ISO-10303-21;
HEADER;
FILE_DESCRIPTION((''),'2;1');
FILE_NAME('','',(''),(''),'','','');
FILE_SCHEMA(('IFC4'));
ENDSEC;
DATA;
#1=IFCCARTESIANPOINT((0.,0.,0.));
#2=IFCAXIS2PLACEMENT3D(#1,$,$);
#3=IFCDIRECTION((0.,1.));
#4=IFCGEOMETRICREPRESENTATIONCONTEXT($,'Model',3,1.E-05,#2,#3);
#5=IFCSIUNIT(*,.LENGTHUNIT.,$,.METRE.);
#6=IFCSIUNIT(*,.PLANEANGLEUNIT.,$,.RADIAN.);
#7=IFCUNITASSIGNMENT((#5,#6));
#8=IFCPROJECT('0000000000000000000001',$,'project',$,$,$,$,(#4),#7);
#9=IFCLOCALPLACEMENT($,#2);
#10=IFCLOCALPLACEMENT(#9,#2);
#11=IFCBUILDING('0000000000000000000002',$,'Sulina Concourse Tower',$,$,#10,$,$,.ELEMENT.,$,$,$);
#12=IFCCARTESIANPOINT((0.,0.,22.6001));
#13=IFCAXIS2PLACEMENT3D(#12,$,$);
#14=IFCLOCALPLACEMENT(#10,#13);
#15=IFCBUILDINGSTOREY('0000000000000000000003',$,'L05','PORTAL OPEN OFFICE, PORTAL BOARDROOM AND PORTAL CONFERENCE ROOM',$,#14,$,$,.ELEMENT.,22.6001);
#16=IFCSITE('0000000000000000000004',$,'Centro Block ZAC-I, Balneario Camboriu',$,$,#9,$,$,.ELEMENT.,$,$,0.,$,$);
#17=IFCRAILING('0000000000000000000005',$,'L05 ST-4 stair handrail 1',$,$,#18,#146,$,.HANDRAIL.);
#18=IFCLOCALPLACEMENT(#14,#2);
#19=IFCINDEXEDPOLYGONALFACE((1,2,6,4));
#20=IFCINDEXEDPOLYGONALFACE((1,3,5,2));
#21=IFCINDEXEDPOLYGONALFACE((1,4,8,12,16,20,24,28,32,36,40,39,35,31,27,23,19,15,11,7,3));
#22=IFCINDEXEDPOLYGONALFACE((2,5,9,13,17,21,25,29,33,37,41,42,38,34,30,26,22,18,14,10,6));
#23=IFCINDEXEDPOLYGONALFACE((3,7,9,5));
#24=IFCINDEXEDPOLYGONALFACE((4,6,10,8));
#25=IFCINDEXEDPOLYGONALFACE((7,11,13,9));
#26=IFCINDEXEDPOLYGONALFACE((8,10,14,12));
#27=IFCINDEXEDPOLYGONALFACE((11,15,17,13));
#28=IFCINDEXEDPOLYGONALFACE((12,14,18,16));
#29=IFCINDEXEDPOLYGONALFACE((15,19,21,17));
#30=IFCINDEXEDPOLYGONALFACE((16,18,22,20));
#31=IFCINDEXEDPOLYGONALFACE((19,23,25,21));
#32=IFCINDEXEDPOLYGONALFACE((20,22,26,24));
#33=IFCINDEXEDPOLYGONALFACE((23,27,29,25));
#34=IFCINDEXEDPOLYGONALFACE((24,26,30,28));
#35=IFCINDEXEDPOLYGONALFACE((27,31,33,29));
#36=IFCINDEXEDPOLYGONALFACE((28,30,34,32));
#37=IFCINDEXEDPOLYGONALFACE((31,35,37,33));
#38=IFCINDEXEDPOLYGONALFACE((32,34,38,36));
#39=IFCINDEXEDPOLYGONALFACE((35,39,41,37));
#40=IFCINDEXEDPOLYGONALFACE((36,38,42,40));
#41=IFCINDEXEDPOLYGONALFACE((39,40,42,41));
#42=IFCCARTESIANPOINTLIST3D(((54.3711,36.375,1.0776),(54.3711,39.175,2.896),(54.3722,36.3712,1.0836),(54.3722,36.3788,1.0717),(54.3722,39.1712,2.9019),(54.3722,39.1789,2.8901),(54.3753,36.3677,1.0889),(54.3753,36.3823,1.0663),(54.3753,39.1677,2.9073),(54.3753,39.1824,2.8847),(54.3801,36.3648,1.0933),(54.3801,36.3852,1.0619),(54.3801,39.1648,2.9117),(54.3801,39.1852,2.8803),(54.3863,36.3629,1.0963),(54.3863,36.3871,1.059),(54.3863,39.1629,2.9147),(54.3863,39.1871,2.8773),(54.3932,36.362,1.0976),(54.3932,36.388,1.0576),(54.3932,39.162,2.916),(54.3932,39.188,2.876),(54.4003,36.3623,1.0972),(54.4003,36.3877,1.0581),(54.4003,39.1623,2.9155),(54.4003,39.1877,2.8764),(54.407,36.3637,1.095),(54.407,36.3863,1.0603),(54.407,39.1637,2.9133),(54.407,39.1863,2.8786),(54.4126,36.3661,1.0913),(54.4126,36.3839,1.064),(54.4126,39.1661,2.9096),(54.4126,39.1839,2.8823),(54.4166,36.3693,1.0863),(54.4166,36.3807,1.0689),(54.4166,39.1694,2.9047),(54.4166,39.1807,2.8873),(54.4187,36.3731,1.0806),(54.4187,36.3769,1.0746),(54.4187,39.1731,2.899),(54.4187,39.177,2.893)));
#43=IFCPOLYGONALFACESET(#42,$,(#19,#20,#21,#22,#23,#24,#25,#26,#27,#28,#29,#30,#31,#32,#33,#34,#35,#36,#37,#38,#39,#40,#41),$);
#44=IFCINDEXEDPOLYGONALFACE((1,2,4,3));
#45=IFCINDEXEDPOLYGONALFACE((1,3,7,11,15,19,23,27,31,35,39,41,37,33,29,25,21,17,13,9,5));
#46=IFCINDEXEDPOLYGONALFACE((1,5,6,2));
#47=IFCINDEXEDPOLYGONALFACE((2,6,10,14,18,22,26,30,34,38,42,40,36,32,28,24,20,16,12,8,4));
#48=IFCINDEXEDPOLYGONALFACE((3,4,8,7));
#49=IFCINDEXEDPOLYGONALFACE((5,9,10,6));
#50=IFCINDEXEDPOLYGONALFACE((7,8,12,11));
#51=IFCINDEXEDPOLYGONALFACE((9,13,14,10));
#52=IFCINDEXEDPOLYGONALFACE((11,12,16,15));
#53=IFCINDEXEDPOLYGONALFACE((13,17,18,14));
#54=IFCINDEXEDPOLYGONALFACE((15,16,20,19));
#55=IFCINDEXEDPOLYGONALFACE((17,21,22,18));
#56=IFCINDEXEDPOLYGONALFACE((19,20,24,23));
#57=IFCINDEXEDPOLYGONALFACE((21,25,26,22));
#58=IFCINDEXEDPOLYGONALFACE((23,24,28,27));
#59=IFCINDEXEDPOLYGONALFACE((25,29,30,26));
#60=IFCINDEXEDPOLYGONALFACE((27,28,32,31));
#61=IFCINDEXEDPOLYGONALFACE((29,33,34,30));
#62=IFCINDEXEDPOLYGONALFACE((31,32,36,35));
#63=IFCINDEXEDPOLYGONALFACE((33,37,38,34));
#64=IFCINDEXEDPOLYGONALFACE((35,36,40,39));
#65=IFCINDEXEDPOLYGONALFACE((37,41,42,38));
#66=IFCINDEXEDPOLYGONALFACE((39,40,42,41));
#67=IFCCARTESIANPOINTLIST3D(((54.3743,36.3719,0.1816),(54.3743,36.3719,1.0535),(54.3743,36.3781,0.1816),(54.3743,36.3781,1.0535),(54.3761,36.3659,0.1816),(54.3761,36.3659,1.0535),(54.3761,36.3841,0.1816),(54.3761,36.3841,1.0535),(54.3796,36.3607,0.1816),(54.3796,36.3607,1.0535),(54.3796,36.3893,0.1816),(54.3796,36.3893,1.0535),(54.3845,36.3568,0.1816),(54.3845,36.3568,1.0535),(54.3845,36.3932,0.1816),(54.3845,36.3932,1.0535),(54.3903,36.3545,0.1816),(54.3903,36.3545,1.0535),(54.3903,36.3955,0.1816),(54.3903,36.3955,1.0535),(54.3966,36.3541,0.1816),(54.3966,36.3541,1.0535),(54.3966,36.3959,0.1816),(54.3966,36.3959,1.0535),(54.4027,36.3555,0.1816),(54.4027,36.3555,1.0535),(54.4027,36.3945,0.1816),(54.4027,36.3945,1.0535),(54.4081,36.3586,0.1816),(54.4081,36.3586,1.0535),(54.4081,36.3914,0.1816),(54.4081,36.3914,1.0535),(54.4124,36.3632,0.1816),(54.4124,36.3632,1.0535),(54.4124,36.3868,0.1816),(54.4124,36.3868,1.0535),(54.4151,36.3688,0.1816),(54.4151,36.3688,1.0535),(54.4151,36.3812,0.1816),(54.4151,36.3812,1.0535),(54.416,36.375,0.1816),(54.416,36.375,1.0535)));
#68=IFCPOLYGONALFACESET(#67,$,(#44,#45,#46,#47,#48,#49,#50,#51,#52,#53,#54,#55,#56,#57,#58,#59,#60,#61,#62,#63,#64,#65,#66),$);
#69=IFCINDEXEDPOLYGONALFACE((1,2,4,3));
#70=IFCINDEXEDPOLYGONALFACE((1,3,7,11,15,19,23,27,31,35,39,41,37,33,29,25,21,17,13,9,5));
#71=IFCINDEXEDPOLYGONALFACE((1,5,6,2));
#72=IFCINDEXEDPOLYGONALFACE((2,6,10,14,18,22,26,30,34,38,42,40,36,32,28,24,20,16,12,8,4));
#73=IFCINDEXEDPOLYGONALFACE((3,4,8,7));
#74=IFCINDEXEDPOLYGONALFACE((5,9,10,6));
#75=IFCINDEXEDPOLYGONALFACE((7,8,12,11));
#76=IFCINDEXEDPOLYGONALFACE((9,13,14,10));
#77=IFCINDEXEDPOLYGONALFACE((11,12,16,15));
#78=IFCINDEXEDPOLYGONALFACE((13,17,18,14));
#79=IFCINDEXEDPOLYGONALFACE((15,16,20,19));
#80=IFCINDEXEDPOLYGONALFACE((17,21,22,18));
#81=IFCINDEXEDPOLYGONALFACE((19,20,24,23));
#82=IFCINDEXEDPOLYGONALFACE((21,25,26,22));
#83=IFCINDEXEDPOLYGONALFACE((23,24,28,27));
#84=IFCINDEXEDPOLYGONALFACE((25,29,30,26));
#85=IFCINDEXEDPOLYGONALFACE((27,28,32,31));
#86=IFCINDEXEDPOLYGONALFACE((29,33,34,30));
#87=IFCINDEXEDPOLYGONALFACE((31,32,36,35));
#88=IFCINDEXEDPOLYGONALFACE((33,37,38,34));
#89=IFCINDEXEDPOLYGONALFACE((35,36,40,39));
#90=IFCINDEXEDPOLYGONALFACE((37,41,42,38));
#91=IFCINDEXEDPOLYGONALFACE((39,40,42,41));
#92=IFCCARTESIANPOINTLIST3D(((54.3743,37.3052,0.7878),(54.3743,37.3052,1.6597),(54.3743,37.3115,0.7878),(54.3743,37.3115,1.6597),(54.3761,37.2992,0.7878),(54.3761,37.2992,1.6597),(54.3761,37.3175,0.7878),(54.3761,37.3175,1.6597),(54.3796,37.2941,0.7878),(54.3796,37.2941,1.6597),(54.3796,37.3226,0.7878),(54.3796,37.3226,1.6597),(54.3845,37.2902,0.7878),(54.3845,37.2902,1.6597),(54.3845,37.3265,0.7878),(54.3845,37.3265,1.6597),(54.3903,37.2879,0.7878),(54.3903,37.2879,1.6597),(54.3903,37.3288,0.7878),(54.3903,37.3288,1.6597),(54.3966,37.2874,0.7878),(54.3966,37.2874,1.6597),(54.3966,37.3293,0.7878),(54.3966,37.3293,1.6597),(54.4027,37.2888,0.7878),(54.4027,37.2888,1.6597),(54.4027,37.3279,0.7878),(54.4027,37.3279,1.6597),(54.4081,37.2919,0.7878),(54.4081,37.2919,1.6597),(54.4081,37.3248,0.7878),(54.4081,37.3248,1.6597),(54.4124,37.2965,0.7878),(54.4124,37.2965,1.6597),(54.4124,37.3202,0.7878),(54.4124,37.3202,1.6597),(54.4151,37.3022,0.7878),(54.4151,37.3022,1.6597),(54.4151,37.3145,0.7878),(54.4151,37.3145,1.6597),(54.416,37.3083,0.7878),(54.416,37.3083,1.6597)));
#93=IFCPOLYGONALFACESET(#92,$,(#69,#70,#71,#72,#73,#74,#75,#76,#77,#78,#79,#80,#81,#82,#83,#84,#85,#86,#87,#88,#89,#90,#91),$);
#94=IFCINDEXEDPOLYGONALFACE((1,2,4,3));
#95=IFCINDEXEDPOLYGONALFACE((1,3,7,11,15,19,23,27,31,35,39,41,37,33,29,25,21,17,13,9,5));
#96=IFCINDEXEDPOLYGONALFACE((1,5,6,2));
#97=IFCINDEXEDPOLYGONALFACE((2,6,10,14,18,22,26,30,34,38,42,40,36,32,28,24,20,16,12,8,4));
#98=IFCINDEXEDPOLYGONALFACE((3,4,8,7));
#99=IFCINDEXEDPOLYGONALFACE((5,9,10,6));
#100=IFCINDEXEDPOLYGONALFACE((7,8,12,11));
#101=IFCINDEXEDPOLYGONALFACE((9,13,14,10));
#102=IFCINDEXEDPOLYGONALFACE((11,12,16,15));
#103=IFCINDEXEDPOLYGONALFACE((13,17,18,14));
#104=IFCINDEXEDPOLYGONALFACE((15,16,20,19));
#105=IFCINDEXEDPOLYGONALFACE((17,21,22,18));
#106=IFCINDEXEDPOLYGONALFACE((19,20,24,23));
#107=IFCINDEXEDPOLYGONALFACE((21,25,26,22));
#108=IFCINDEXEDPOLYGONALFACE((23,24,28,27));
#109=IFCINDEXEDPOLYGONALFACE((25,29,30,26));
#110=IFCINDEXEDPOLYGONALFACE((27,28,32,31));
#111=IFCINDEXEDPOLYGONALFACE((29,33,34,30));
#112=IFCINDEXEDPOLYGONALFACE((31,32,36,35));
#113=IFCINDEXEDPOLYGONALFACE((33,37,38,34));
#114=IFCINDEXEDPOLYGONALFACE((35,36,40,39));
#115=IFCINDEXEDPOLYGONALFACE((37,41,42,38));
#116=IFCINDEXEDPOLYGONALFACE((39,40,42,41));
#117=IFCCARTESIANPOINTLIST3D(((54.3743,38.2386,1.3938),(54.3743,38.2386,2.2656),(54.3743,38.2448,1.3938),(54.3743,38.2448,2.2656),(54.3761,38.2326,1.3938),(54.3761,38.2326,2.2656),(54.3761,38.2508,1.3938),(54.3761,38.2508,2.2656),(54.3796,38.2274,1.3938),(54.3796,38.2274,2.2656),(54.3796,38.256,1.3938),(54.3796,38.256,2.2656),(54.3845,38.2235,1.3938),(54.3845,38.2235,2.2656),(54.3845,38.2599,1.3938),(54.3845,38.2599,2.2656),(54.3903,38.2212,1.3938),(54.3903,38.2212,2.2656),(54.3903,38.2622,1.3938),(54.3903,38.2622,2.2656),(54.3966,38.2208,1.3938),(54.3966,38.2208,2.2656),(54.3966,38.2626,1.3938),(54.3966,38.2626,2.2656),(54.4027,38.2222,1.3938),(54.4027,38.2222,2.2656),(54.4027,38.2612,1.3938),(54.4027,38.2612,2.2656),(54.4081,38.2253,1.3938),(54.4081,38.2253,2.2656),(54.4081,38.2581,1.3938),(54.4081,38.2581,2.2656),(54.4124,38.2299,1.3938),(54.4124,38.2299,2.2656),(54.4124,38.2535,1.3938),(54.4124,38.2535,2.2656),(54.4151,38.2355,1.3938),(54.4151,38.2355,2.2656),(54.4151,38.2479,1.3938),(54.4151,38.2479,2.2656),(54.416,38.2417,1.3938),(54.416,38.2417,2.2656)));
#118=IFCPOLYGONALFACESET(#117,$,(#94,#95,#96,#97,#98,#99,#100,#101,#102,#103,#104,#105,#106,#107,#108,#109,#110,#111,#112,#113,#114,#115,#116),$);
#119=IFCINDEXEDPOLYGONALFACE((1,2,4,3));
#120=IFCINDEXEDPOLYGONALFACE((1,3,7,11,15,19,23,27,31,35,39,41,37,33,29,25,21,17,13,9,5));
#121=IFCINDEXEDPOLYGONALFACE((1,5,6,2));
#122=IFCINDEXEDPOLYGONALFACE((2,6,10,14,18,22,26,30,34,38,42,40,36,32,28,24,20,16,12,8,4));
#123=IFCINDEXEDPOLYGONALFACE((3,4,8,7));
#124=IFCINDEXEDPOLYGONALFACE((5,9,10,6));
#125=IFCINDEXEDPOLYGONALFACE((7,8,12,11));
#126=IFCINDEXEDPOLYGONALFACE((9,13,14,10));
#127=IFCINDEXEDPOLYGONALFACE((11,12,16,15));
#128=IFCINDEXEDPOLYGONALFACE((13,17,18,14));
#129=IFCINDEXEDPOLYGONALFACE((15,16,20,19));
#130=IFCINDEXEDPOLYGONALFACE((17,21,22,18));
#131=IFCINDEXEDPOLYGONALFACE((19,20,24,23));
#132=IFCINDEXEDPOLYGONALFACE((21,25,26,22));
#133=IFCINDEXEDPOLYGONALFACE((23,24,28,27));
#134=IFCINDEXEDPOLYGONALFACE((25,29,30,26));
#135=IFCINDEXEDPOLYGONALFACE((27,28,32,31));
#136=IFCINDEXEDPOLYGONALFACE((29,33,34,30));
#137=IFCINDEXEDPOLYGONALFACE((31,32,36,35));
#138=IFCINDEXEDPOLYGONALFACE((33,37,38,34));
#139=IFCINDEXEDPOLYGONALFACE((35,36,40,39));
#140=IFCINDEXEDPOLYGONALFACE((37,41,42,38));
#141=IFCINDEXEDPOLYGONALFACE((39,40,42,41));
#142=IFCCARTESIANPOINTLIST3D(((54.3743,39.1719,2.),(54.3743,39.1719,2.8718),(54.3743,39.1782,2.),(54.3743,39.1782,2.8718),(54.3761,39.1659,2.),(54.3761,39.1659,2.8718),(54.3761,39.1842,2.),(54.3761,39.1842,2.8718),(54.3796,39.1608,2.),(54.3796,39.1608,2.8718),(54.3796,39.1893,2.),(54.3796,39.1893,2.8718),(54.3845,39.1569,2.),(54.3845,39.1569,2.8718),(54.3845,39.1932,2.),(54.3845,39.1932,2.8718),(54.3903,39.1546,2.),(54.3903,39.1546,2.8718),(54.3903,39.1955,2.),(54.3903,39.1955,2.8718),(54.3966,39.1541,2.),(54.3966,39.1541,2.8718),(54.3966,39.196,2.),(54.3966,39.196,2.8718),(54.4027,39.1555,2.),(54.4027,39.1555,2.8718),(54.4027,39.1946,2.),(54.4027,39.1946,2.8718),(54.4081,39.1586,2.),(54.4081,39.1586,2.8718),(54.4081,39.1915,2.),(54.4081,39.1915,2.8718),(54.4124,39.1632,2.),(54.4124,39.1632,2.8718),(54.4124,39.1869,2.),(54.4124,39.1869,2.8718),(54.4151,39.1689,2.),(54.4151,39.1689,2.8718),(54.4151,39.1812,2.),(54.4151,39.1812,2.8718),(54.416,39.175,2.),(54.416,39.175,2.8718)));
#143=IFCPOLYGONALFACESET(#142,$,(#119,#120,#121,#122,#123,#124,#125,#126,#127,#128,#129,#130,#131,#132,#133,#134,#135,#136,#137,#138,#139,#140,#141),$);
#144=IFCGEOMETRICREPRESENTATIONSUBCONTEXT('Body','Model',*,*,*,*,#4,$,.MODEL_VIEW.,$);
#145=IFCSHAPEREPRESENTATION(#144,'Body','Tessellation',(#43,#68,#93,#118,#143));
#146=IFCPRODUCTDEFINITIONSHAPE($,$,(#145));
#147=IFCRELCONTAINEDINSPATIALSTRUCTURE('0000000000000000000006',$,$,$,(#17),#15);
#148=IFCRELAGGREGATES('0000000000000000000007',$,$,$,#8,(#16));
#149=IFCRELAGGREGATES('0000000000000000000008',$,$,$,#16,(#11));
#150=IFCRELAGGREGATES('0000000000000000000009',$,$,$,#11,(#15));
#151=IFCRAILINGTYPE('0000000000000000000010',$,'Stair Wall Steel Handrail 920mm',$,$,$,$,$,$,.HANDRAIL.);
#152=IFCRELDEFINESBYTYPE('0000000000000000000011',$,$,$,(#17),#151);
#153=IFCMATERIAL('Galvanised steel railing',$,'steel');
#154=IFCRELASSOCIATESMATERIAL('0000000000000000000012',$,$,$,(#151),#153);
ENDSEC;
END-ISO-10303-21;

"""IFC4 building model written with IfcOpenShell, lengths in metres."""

from ifc_helpers import new_model, si_unit, direction, frame, origin, origin_2d, place, context, subcontext, project, spatial, circle, extrude, material, type_object, element, save


model = new_model("IFC4")

# Units and contexts
model_context = context("Model", 3, precision=1e-05, world=origin(), true_north=direction((0.0, 1.0)))
body_context = subcontext(model_context, "Body", "Model", "MODEL_VIEW")
ifc_project = project(units=[si_unit("LENGTHUNIT", "METRE"), si_unit("PLANEANGLEUNIT", "RADIAN")], contexts=[model_context])

# Site, building, storey
site_placement = place(None, origin())
site = spatial("IfcSite", under=ifc_project, at=site_placement, Name="Centro Block ZAC-I, Balneario Camboriu", CompositionType="ELEMENT", RefElevation=0.0)
building_placement = place(site_placement, origin())
building = spatial("IfcBuilding", under=site, at=building_placement, Name="Sulina Concourse Tower", CompositionType="ELEMENT")
storey_placement = place(building_placement, frame((0.0, 0.0, 22.6001)))
storey = spatial("IfcBuildingStorey", under=building, at=storey_placement, Name="L05", Description="PORTAL OPEN OFFICE, PORTAL BOARDROOM AND PORTAL CONFERENCE ROOM", CompositionType="ELEMENT", Elevation=22.6001)

# Railing
ifc_material_1 = material(Name="Galvanised steel railing", Category="steel")
railing_type_1 = type_object("IfcRailingType", Name="Stair Wall Steel Handrail 920mm", PredefinedType="HANDRAIL", material=ifc_material_1)
railing_1_placement = place(storey_placement, frame((54.395, 36.375, 0.1816)))
element("IfcRailing", 1, at=railing_1_placement, inside=storey, type_object=railing_type_1, Name="L05 ST-4 stair handrail 1", PredefinedType="HANDRAIL", context=body_context, shape_type="SweptSolid", body=[
    extrude(circle(Radius=0.0239, at=origin_2d()), frame((0.0, 0.0, 0.896), z_axis=(0.0, 0.838672, 0.544636), x_axis=(-1.0, 0.0, 0.0)), (0.0, 0.0, 1.0), 3.3386),
    extrude(circle(Radius=0.021, at=origin_2d()), origin(), (0.0, 0.0, 1.0), 0.8718),
    extrude(circle(Radius=0.021, at=origin_2d()), frame((0.0, 0.9333, 0.6062)), (0.0, 0.0, 1.0), 0.8718),
    extrude(circle(Radius=0.021, at=origin_2d()), frame((0.0, 1.8667, 1.2122)), (0.0, 0.0, 1.0), 0.8718),
    extrude(circle(Radius=0.021, at=origin_2d()), frame((0.0, 2.8, 1.8184)), (0.0, 0.0, 1.0), 0.8718),
])

save(model, "model.ifc")
